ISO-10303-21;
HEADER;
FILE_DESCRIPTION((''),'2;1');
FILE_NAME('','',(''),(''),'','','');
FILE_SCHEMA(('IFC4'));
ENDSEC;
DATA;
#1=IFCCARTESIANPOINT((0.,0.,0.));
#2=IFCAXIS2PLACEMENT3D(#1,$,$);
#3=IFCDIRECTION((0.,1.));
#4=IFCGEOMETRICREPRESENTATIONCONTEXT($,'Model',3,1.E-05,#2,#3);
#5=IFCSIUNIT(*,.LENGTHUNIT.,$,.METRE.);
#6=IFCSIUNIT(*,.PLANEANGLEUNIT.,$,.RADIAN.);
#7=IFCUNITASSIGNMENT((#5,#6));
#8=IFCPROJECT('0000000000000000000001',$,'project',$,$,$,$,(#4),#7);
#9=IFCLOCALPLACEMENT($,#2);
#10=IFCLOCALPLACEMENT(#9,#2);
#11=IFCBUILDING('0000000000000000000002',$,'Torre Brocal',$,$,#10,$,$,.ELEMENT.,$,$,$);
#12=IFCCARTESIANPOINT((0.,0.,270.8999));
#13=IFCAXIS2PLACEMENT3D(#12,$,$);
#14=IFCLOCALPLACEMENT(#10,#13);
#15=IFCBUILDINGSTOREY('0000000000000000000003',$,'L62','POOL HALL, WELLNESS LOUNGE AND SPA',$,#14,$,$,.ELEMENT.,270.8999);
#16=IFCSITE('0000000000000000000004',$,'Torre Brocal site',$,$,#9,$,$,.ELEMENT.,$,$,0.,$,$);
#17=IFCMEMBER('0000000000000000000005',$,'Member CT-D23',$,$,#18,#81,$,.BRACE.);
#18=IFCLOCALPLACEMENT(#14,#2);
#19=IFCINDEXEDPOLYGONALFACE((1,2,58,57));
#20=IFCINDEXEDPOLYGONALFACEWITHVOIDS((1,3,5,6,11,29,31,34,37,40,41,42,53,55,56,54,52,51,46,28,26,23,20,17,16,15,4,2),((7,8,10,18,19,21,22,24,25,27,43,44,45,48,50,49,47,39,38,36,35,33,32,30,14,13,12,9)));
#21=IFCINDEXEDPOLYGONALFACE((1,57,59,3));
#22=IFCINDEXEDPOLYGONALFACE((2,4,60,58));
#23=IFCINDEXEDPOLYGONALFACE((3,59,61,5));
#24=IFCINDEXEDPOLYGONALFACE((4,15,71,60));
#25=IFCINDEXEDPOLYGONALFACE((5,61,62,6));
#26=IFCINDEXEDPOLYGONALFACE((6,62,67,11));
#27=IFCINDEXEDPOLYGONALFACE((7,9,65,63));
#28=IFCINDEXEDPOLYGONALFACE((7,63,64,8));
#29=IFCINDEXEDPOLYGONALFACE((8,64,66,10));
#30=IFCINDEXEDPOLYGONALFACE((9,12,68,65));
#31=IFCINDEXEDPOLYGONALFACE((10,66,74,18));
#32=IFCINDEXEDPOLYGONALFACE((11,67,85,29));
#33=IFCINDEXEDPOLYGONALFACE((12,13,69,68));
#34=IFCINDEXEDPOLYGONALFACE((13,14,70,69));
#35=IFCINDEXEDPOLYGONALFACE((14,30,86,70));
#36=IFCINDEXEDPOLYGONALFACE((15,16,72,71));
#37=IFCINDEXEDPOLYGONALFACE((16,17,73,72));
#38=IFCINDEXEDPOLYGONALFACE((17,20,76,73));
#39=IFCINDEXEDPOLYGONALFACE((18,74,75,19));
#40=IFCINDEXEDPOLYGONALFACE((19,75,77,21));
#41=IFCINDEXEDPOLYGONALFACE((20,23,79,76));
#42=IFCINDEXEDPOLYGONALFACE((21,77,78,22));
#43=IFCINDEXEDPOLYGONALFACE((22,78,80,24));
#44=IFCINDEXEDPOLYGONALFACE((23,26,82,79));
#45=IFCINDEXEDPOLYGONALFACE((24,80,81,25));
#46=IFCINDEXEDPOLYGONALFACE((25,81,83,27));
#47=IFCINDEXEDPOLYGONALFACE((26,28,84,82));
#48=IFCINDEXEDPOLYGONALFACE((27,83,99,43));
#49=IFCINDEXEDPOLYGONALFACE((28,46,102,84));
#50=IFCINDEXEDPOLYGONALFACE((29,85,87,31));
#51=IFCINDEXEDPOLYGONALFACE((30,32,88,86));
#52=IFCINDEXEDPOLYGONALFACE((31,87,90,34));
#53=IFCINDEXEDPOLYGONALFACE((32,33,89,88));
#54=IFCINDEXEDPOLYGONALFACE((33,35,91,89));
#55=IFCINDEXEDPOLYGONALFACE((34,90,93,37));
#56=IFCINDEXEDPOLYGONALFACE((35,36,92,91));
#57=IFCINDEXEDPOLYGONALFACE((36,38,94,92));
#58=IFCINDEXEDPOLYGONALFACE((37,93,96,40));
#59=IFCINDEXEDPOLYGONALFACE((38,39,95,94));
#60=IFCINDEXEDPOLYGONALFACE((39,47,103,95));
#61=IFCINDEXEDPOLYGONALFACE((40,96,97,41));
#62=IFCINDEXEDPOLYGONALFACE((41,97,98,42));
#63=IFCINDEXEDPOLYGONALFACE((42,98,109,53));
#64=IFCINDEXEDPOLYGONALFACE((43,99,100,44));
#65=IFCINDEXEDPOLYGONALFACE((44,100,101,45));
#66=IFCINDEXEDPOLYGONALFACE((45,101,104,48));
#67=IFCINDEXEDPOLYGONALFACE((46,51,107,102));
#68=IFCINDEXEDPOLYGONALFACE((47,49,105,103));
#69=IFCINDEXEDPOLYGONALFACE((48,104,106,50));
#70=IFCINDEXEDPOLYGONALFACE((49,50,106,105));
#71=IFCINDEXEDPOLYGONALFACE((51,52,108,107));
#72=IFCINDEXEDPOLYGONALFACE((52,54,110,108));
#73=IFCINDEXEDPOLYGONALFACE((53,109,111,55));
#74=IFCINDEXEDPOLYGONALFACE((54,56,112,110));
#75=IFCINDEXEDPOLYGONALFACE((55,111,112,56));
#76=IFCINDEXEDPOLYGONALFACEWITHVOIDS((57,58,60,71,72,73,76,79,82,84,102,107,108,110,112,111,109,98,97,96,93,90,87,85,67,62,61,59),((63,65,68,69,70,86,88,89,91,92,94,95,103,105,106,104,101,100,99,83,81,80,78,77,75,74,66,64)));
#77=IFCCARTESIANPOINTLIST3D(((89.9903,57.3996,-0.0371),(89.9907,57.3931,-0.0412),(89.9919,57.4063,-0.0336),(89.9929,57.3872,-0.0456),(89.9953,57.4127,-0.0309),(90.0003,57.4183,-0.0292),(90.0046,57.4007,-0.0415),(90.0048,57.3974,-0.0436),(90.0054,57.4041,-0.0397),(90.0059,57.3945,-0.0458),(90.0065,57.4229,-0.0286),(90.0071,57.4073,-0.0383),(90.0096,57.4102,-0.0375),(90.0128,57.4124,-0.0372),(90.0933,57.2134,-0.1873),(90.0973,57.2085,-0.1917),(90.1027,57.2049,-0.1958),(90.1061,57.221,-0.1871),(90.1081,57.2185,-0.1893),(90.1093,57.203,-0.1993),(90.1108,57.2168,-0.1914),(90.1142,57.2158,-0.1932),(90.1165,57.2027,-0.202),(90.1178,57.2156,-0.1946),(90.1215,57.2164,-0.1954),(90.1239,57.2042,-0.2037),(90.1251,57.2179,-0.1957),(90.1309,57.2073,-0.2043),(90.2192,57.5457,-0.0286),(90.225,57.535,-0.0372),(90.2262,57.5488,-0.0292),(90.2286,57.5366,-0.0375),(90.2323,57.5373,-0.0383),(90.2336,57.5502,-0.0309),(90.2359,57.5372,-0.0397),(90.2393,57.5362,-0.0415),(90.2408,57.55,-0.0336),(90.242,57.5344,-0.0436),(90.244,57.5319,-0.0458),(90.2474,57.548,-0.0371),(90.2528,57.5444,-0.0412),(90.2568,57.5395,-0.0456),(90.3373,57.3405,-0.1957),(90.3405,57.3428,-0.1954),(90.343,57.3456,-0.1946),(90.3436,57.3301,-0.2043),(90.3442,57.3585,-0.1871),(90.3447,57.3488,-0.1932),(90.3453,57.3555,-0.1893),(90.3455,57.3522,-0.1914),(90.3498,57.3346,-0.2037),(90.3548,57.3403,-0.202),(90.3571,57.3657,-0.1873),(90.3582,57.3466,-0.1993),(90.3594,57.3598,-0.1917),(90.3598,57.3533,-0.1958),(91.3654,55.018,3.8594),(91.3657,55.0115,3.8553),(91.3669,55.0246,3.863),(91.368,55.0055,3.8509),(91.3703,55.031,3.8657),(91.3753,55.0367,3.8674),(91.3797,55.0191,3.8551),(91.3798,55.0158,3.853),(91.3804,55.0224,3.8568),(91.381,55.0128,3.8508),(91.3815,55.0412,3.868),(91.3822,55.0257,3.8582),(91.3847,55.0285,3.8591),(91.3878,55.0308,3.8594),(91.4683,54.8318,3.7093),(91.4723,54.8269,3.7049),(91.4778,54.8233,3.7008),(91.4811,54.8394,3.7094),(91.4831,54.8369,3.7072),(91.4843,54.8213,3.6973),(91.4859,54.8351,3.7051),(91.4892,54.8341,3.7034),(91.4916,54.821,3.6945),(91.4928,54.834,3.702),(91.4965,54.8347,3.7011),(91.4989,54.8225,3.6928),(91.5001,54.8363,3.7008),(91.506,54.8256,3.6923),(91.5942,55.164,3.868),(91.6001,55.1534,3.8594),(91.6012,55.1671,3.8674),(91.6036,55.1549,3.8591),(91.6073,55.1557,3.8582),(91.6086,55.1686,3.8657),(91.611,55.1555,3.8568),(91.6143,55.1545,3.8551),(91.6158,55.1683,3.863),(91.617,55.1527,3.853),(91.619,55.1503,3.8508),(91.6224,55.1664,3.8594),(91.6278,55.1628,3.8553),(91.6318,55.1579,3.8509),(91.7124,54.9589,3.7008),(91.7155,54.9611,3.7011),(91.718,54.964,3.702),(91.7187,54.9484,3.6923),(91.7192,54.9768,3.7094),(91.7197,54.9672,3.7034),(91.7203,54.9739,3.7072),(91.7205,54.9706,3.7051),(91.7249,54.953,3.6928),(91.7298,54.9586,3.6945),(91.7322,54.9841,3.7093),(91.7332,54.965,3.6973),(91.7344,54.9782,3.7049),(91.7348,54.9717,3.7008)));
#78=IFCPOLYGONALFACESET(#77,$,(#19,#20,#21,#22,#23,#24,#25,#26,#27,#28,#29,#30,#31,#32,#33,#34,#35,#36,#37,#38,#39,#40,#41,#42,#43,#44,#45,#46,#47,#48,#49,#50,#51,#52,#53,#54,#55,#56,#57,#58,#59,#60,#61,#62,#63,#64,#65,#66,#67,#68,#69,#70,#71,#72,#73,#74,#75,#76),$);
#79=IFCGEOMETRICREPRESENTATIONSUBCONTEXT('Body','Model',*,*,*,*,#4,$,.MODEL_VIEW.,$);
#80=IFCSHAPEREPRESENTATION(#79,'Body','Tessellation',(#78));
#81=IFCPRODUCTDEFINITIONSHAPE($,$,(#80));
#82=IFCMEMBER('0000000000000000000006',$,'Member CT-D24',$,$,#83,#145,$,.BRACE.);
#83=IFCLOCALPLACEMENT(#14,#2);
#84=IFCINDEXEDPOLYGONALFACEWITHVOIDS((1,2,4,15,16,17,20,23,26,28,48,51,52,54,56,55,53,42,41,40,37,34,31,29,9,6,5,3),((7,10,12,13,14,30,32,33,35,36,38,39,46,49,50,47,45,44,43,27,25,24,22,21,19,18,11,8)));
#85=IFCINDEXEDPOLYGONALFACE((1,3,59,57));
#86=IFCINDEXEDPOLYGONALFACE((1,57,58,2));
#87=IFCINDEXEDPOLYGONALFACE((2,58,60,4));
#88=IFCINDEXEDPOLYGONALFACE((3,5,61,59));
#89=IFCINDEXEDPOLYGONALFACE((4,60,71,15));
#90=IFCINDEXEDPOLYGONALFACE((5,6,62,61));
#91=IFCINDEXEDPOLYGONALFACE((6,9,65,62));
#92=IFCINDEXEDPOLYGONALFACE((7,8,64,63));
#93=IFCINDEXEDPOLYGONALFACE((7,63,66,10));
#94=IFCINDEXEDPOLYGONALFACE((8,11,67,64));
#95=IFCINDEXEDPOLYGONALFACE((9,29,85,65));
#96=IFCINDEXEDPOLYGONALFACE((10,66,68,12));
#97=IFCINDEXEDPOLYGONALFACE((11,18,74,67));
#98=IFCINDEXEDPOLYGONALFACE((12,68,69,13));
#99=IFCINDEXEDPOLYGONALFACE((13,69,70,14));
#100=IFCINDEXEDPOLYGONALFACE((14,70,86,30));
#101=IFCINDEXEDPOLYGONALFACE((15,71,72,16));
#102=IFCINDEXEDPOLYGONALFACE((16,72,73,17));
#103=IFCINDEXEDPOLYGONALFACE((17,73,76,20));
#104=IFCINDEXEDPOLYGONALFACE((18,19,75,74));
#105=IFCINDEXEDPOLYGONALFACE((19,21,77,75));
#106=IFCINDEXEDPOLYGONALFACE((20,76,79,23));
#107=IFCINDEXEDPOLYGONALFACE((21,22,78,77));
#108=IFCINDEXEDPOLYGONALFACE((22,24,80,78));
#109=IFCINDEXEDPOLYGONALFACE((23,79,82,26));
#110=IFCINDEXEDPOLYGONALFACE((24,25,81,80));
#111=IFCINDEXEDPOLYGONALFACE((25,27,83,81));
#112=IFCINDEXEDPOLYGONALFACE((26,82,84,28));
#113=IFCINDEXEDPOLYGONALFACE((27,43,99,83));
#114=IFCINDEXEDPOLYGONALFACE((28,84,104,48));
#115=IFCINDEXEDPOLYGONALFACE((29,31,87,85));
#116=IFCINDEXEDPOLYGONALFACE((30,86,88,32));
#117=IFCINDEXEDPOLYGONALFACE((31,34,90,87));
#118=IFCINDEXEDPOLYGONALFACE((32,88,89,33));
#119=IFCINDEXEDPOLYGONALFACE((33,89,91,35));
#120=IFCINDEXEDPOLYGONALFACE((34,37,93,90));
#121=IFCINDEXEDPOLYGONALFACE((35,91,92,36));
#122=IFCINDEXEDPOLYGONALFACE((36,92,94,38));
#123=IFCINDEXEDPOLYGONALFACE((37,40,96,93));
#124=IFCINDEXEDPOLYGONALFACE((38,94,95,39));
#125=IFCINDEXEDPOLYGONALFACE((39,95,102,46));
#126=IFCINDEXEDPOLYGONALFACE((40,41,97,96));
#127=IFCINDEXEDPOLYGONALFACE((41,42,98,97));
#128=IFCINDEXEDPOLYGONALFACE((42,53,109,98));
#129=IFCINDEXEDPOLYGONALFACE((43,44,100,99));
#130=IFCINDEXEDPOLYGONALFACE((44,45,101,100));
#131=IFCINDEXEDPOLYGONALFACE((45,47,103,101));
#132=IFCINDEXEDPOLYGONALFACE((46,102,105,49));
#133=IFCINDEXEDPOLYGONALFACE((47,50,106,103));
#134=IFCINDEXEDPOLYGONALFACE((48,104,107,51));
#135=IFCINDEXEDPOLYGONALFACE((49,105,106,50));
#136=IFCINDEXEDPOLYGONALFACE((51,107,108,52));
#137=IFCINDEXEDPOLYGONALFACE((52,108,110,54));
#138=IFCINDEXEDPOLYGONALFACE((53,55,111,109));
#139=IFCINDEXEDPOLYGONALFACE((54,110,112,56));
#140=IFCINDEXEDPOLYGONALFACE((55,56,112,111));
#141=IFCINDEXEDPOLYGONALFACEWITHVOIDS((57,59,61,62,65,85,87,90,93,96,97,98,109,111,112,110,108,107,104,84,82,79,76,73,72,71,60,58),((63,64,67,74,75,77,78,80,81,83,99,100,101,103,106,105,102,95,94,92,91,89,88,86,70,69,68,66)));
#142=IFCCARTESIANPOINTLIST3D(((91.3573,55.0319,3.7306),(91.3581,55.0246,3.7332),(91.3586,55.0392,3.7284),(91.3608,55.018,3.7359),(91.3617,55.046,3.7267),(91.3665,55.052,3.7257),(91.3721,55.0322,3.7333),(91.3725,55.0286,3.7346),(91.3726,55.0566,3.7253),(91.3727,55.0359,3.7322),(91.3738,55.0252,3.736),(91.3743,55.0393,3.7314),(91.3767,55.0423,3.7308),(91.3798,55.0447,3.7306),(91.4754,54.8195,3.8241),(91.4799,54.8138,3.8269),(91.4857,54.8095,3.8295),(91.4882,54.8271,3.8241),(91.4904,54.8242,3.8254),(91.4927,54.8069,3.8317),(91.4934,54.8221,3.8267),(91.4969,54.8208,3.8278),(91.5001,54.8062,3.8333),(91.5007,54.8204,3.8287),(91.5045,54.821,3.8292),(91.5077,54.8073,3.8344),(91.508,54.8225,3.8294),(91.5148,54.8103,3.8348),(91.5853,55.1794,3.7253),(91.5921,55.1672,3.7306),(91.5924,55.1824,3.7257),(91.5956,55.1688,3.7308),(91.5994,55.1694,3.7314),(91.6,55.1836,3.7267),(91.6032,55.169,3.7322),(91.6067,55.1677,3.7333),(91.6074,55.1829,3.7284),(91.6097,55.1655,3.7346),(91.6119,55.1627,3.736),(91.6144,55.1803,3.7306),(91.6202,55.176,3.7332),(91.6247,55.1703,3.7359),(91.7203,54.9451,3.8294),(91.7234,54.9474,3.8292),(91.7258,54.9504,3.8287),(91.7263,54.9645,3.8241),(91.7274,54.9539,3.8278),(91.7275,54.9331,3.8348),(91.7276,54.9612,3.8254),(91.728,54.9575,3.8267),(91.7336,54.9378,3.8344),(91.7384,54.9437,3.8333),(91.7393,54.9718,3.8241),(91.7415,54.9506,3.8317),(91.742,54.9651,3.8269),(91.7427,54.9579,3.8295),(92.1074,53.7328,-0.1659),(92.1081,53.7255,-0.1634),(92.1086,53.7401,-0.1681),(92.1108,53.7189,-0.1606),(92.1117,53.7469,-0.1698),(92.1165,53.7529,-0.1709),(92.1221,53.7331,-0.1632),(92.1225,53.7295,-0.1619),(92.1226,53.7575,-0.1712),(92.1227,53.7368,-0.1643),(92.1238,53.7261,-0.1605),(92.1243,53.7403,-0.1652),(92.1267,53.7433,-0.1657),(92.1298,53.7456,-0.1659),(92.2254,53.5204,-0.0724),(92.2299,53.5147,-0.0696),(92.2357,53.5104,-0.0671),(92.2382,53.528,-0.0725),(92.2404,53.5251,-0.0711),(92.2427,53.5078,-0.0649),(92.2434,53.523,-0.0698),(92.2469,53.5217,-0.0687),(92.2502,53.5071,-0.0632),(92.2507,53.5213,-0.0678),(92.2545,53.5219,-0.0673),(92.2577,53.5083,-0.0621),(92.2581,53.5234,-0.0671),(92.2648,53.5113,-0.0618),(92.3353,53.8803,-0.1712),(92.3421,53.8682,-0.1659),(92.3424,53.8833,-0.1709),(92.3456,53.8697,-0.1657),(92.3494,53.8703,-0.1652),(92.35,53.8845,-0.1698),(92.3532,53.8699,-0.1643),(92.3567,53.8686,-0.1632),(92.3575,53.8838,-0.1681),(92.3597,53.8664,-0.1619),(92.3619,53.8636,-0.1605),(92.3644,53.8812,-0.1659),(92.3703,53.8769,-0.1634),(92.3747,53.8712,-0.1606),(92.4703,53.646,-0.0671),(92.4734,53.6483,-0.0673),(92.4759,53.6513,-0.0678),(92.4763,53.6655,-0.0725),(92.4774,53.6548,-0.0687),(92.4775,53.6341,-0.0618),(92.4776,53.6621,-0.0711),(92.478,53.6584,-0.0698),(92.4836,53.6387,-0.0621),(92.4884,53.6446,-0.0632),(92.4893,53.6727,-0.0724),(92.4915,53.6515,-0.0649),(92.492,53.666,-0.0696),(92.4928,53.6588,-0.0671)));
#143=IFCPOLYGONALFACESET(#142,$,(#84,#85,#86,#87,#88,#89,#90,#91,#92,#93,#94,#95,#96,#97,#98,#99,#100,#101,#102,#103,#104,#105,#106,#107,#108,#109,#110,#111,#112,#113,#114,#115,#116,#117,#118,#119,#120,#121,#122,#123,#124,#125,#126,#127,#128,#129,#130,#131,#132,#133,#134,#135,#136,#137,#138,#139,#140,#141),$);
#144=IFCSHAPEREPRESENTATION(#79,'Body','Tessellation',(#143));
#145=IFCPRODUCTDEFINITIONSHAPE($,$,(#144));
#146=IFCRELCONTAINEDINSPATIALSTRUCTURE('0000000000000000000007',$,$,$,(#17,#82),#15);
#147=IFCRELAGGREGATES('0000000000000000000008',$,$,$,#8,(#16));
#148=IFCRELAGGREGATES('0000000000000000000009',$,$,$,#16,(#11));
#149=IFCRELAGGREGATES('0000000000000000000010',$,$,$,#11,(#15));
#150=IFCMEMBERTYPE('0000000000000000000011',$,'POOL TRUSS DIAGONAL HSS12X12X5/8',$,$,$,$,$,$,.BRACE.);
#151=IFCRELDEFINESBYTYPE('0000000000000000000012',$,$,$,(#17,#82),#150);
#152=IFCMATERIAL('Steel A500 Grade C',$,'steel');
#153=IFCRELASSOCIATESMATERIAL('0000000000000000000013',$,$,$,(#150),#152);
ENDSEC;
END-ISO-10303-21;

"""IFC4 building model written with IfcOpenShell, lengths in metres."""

from ifc_helpers import new_model, si_unit, direction, frame, origin, origin_2d, place, context, subcontext, project, spatial, hollow_rectangle, extrude, material, material_profile, profile_set, type_object, element, save


model = new_model("IFC4")

# Units and contexts
model_context = context("Model", 3, precision=1e-05, world=origin(), true_north=direction((0.0, 1.0)))
body_context = subcontext(model_context, "Body", "Model", "MODEL_VIEW")
ifc_project = project(units=[si_unit("LENGTHUNIT", "METRE"), si_unit("PLANEANGLEUNIT", "RADIAN")], contexts=[model_context])

# Site, building, storey
site_placement = place(None, origin())
site = spatial("IfcSite", under=ifc_project, at=site_placement, Name="Torre Brocal site", CompositionType="ELEMENT", RefElevation=0.0)
building_placement = place(site_placement, origin())
building = spatial("IfcBuilding", under=site, at=building_placement, Name="Torre Brocal", CompositionType="ELEMENT")
storey_placement = place(building_placement, frame((0.0, 0.0, 270.8999)))
storey = spatial("IfcBuildingStorey", under=building, at=storey_placement, Name="L62", Description="POOL HALL, WELLNESS LOUNGE AND SPA", CompositionType="ELEMENT", Elevation=270.8999)

# Members
ifc_material_1 = material(Name="Steel A500 Grade C", Category="steel")
ifc_material_profile_1 = material_profile(ifc_material_1, hollow_rectangle(XDim=0.3047, YDim=0.3047, WallThickness=0.0149, InnerFilletRadius=0.0149, OuterFilletRadius=0.0295, at=origin_2d()), Name="HSS12X12X5/8")
ifc_profile_set_1 = profile_set([ifc_material_profile_1], Name="Steel A500 Grade C")
member_type_1 = type_object("IfcMemberType", Name="POOL TRUSS DIAGONAL HSS12X12X5/8", PredefinedType="BRACE", material=ifc_profile_set_1)
member_1_placement = place(storey_placement, frame((90.175, 57.3765, -0.1165), z_axis=(0.288309, -0.49937, 0.817011), x_axis=(0.866027, 0.499997, 0.0)))
element("IfcMember", 1, at=member_1_placement, inside=storey, type_object=member_type_1, Name="Member CT-D23", PredefinedType="BRACE", context=body_context, shape_type="SweptSolid", body=[
    extrude(hollow_rectangle(XDim=0.3047, YDim=0.3047, WallThickness=0.0149, InnerFilletRadius=0.0149, OuterFilletRadius=0.0295, at=origin_2d()), origin(), (0.0, 0.0, 1.0), 4.7693),
])
member_2_placement = place(storey_placement, frame((91.55, 54.9949, 3.78), z_axis=(0.17963, -0.311137, -0.933235), x_axis=(0.866031, 0.49999, 0.0)))
element("IfcMember", 2, at=member_2_placement, inside=storey, type_object=member_type_1, Name="Member CT-D24", PredefinedType="BRACE", context=body_context, shape_type="SweptSolid", body=[
    extrude(hollow_rectangle(XDim=0.3047, YDim=0.3047, WallThickness=0.0149, InnerFilletRadius=0.0149, OuterFilletRadius=0.0295, at=origin_2d()), origin(), (0.0, 0.0, 1.0), 4.1753),
])

save(model, "model.ifc")
